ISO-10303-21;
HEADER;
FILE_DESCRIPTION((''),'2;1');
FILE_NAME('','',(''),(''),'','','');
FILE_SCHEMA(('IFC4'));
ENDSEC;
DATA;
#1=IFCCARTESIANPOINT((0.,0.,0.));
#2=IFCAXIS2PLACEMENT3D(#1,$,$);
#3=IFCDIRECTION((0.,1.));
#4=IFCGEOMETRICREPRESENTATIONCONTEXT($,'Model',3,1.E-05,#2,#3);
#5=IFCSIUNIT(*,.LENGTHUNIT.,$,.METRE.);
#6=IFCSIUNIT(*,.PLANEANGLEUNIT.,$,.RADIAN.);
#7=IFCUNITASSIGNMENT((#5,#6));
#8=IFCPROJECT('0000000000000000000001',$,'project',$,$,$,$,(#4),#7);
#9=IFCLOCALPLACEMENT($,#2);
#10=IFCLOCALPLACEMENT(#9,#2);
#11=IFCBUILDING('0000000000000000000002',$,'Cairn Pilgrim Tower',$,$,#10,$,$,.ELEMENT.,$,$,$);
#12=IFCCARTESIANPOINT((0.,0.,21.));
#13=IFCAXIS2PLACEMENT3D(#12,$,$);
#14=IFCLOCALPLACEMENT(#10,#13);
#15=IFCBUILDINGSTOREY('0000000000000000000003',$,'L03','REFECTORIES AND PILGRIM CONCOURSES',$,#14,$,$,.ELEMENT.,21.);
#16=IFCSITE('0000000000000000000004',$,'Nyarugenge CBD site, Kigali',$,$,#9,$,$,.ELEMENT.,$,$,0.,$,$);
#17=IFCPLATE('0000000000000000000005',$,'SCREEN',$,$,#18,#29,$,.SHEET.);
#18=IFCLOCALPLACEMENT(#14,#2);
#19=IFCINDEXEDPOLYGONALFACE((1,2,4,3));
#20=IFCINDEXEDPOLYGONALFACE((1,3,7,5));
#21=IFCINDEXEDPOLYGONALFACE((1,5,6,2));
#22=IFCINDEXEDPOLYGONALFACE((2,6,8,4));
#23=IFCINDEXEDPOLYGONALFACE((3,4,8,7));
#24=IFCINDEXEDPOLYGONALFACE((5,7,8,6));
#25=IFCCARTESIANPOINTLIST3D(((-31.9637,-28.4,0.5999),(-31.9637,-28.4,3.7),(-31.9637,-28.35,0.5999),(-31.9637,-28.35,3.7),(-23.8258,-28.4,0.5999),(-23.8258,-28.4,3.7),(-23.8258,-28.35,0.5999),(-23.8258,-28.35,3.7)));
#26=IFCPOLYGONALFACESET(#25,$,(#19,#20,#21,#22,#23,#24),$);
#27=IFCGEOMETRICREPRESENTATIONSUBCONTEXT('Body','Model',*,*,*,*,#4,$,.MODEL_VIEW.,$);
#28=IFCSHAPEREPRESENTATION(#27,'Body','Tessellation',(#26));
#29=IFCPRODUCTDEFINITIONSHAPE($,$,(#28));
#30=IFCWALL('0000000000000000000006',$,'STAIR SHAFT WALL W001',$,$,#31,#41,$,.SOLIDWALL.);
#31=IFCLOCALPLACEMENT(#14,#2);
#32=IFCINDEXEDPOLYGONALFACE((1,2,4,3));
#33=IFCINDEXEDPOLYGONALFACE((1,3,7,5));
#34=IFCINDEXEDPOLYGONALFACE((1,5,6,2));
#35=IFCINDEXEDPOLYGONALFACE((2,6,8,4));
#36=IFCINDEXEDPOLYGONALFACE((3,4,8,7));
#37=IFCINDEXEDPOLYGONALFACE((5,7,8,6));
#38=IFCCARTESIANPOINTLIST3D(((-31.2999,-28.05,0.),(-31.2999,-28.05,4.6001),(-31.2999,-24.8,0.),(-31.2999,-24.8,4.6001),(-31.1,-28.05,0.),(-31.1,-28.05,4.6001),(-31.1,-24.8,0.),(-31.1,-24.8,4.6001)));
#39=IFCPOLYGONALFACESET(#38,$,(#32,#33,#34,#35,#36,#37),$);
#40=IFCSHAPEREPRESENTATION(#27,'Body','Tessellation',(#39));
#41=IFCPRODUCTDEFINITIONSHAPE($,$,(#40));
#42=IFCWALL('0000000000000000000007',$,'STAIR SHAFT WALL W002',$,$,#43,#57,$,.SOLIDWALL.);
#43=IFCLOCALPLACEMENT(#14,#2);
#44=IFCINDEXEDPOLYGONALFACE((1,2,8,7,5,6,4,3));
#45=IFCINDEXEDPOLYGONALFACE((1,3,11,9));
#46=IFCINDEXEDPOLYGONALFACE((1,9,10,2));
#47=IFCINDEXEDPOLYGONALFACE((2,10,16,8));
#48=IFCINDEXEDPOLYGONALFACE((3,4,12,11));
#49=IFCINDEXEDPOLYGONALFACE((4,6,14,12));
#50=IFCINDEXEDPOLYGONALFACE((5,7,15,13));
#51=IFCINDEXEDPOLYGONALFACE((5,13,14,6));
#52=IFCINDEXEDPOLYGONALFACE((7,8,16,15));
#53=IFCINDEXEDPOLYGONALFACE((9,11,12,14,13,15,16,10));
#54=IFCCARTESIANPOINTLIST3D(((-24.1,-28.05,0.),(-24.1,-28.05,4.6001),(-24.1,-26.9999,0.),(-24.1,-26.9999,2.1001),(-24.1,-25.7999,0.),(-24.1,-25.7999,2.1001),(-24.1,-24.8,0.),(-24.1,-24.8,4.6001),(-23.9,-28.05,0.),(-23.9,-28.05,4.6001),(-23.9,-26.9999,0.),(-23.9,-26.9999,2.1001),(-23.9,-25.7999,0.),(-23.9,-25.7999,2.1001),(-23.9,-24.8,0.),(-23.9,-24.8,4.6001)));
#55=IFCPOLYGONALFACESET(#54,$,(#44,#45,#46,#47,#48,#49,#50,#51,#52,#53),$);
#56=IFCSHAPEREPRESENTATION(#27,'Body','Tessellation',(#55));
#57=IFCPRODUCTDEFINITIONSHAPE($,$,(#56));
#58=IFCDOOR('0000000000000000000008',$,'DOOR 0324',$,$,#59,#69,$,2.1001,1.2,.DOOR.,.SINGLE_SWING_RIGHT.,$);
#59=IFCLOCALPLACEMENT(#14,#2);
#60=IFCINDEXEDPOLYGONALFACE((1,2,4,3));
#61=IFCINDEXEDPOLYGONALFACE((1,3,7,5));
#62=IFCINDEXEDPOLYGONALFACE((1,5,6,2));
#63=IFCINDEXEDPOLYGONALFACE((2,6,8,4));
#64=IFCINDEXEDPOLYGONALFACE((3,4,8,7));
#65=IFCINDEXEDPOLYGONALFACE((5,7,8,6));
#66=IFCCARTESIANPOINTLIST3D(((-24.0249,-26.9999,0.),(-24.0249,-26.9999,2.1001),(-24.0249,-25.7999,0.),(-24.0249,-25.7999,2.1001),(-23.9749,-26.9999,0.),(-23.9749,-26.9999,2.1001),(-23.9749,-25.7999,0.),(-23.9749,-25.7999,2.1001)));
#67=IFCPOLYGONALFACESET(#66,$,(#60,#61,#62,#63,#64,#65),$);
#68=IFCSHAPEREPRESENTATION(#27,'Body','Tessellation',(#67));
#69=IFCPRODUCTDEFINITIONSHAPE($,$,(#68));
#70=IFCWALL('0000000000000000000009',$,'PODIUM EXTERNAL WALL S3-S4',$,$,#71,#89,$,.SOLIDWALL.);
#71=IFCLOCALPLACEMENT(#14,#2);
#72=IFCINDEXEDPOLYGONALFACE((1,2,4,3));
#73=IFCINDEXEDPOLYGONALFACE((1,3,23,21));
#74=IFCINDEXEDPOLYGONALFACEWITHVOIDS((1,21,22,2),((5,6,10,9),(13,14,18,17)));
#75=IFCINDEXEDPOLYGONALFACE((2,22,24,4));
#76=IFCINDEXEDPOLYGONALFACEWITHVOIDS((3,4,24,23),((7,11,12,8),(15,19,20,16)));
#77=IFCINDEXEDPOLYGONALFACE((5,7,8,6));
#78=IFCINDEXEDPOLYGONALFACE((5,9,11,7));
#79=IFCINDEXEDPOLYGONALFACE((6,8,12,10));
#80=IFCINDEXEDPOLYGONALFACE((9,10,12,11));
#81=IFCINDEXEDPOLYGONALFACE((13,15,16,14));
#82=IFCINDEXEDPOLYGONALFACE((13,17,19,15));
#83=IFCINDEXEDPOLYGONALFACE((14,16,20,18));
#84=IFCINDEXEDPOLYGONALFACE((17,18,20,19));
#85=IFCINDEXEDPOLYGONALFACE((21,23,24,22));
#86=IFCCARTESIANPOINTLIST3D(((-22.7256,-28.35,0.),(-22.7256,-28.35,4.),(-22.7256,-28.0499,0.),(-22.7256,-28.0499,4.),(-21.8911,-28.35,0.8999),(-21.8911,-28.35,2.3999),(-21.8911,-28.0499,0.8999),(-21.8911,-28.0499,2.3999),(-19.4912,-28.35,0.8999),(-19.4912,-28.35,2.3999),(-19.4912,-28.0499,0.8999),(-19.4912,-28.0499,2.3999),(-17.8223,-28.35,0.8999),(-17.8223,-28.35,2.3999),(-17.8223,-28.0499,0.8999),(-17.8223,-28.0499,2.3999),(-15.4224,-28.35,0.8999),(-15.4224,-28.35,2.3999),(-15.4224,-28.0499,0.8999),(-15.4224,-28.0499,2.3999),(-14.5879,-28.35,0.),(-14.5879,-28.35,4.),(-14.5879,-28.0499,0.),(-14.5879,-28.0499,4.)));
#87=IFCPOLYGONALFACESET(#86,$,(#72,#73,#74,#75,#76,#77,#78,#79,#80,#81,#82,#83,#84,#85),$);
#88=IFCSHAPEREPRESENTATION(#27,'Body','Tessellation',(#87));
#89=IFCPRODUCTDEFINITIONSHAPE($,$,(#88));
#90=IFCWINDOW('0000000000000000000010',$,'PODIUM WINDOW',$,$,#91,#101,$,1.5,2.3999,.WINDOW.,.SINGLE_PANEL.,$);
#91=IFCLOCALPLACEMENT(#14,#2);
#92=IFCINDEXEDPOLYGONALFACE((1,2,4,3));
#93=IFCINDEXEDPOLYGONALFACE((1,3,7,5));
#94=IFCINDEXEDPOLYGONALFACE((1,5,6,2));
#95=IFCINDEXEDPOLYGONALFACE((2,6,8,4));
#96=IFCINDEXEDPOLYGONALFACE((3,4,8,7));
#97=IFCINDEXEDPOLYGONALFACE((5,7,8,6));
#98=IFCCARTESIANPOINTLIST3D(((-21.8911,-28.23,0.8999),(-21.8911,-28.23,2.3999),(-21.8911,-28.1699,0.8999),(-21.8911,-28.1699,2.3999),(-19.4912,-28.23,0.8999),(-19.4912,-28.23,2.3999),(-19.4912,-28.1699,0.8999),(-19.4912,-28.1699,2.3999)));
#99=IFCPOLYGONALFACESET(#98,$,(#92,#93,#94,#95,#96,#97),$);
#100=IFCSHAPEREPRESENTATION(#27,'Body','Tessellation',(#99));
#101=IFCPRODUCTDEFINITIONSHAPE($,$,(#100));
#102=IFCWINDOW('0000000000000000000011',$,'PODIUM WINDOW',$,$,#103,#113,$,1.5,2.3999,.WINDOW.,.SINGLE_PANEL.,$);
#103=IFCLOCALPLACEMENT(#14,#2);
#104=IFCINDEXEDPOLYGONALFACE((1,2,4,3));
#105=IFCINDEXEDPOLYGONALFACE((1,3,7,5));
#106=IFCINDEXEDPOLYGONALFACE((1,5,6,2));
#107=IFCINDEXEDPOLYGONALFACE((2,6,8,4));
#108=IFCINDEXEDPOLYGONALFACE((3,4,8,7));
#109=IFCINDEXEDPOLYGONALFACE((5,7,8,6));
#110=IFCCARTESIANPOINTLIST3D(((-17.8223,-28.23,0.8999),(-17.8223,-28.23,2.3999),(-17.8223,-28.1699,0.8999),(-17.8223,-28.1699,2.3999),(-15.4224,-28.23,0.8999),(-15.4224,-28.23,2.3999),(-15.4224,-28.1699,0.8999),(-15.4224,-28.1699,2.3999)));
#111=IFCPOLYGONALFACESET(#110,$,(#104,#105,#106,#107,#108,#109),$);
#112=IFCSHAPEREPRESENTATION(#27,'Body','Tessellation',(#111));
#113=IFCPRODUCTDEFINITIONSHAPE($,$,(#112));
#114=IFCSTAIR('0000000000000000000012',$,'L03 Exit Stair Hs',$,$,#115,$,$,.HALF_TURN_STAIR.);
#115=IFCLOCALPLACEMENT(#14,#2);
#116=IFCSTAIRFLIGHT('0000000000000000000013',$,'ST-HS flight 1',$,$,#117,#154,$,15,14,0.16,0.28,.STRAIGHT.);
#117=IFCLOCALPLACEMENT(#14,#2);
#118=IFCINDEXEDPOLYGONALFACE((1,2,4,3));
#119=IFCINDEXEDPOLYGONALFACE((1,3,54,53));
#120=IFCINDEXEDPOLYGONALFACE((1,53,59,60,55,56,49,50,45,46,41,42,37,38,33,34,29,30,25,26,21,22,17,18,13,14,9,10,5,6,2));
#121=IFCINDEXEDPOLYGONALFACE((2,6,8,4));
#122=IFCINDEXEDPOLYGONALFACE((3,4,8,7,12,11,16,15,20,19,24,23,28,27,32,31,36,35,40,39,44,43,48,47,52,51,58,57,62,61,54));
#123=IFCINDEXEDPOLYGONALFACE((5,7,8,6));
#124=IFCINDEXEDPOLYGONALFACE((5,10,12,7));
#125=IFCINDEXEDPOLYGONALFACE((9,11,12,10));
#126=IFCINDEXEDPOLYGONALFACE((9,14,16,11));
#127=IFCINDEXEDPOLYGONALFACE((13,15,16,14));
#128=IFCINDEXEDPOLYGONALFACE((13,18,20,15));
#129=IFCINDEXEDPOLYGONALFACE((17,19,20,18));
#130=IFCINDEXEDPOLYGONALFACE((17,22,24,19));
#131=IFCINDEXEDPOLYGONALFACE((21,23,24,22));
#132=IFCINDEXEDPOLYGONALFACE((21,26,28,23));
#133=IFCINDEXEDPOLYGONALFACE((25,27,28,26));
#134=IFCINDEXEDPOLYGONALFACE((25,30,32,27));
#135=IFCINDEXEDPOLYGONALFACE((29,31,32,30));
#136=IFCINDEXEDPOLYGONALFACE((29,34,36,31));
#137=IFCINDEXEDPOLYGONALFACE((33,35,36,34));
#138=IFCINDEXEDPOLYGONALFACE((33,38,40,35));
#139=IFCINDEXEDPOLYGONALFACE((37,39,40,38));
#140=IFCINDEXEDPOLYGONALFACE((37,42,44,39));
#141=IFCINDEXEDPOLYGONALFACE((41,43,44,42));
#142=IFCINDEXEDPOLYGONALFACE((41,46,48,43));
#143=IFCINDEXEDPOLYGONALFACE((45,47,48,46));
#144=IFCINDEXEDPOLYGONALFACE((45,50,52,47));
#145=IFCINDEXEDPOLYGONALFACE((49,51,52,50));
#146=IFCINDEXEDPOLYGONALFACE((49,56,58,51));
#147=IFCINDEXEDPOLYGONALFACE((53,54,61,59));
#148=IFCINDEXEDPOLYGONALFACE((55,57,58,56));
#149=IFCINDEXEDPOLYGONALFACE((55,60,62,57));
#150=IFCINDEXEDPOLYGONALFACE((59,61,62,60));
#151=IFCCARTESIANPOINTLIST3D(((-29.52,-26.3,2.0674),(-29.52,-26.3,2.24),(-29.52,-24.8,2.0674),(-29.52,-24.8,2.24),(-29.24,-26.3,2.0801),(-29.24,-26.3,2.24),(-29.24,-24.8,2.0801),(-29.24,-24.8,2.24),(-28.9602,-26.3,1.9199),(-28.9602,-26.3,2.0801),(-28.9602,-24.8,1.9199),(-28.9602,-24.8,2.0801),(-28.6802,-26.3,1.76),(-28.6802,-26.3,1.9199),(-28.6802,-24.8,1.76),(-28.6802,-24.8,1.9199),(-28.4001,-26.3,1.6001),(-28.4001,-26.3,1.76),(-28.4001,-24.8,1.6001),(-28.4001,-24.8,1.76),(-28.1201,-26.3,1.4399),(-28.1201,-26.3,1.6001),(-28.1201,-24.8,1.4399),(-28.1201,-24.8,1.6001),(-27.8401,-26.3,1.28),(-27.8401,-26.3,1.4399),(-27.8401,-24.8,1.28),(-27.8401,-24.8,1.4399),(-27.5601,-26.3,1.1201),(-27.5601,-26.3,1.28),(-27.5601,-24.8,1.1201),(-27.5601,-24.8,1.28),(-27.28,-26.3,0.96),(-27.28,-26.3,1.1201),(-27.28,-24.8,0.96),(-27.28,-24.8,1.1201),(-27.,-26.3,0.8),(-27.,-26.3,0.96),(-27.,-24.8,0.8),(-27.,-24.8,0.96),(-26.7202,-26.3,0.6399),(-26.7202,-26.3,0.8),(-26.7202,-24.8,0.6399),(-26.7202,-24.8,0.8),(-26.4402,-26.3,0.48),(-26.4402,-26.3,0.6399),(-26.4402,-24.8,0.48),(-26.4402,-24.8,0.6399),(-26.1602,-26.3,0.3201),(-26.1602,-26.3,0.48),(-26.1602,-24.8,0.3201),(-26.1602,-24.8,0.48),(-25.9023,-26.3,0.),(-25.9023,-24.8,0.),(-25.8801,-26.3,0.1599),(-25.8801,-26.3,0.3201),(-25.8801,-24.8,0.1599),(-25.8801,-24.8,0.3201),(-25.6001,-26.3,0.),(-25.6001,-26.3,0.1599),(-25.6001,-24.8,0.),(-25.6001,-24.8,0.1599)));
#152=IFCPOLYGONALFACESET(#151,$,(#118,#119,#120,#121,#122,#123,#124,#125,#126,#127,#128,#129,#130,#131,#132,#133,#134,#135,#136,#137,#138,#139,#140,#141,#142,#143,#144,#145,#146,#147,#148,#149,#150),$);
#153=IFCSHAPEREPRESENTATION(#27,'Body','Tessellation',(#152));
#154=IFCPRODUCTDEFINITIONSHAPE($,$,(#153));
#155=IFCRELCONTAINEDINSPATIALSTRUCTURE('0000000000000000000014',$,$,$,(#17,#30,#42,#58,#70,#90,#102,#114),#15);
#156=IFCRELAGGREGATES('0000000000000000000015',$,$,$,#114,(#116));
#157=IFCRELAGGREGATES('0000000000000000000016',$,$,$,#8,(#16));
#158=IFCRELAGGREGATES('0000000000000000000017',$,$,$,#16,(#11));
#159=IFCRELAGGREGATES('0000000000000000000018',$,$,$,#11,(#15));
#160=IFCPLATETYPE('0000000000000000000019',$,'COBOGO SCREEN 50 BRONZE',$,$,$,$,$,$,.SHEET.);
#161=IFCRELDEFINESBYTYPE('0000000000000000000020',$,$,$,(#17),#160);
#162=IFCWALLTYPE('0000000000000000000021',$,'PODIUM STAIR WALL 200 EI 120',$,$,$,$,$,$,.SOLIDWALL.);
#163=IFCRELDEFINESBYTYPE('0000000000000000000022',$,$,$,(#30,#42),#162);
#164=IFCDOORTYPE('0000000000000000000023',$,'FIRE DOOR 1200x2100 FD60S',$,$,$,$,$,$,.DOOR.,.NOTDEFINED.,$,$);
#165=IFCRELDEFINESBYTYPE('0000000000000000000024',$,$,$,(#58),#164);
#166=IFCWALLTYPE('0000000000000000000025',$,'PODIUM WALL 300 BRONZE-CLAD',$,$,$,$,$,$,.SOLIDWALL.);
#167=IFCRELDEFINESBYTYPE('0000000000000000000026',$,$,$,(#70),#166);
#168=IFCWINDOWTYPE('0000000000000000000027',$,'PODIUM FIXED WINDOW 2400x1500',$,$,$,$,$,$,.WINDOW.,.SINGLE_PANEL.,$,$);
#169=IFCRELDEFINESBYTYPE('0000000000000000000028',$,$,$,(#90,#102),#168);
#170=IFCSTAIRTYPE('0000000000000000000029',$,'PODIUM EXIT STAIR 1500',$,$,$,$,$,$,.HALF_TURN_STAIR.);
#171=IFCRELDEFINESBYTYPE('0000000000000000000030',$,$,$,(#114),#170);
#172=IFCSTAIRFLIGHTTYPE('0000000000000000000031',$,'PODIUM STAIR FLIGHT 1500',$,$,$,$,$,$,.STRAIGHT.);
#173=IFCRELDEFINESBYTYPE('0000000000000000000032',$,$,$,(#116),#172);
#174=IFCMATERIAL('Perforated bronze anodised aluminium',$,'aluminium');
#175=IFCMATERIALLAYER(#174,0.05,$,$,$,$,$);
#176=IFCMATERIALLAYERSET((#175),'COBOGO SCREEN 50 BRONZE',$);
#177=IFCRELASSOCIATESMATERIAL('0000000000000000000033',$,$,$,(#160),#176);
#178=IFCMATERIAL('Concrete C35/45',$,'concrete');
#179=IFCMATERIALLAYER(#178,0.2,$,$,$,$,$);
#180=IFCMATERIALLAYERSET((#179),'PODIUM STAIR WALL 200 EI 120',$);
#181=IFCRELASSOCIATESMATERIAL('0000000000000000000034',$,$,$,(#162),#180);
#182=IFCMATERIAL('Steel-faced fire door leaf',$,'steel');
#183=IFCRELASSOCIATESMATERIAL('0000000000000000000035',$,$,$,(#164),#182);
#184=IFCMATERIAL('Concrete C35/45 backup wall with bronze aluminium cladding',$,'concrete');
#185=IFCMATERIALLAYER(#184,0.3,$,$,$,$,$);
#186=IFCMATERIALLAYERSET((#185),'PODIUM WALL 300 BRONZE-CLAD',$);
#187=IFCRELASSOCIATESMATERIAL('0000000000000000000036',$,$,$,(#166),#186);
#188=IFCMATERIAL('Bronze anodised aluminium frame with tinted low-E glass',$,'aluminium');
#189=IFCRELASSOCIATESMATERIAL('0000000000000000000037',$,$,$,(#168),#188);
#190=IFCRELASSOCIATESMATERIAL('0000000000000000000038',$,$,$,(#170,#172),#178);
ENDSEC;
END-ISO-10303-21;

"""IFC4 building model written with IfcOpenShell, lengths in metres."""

from ifc_helpers import new_model, si_unit, direction, frame, frame_2d, origin, origin_2d, place, context, subcontext, project, spatial, polyline, rectangle, outline, extrude, material, layer, layer_set, type_object, element, fill, aggregate, save


model = new_model("IFC4")

# Units and contexts
model_context = context("Model", 3, precision=1e-05, world=origin(), true_north=direction((0.0, 1.0)))
body_context = subcontext(model_context, "Body", "Model", "MODEL_VIEW")
ifc_project = project(units=[si_unit("LENGTHUNIT", "METRE"), si_unit("PLANEANGLEUNIT", "RADIAN")], contexts=[model_context])

# Site, building, storey
site_placement = place(None, origin())
site = spatial("IfcSite", under=ifc_project, at=site_placement, Name="Nyarugenge CBD site, Kigali", CompositionType="ELEMENT", RefElevation=0.0)
building_placement = place(site_placement, origin())
building = spatial("IfcBuilding", under=site, at=building_placement, Name="Cairn Pilgrim Tower", CompositionType="ELEMENT")
storey_placement = place(building_placement, frame((0.0, 0.0, 21.0)))
storey = spatial("IfcBuildingStorey", under=building, at=storey_placement, Name="L03", Description="REFECTORIES AND PILGRIM CONCOURSES", CompositionType="ELEMENT", Elevation=21.0)

# Plate
ifc_material_1 = material(Name="Perforated bronze anodised aluminium", Category="aluminium")
ifc_layer_1 = layer(ifc_material_1, 0.05)
ifc_layer_set_1 = layer_set([ifc_layer_1], Name="COBOGO SCREEN 50 BRONZE")
plate_type_1 = type_object("IfcPlateType", Name="COBOGO SCREEN 50 BRONZE", PredefinedType="SHEET", material=ifc_layer_set_1)
plate_1_placement = place(storey_placement, frame((-27.8948, -28.375, 0.5999), z_axis=(0.0, 0.0, 1.0), x_axis=(1.0, 0.0, 0.0)))
element("IfcPlate", 1, at=plate_1_placement, inside=storey, type_object=plate_type_1, Name="SCREEN", PredefinedType="SHEET", context=body_context, shape_type="SweptSolid", body=[
    extrude(rectangle(XDim=8.1379, YDim=0.05, at=origin_2d()), origin(), (0.0, 0.0, 1.0), 3.1001),
])

# Wall
ifc_material_2 = material(Name="Concrete C35/45", Category="concrete")
ifc_layer_2 = layer(ifc_material_2, 0.2)
ifc_layer_set_2 = layer_set([ifc_layer_2], Name="PODIUM STAIR WALL 200 EI 120")
wall_type_1 = type_object("IfcWallType", Name="PODIUM STAIR WALL 200 EI 120", PredefinedType="SOLIDWALL", material=ifc_layer_set_2)
wall_1_placement = place(storey_placement, frame((-31.2, -28.05, 0.0), z_axis=(0.0, 0.0, 1.0), x_axis=(0.0, 1.0, 0.0)))
element("IfcWall", 2, at=wall_1_placement, inside=storey, type_object=wall_type_1, Name="STAIR SHAFT WALL W001", PredefinedType="SOLIDWALL", context=body_context, shape_type="SweptSolid", body=[
    extrude(rectangle(XDim=3.25, YDim=0.2, at=frame_2d((1.625, 0.0))), origin(), (0.0, 0.0, 1.0), 4.6001),
])

# Wall, opening, door
wall_2_placement = place(storey_placement, frame((-24.0, -28.05, 0.0), z_axis=(0.0, 0.0, 1.0), x_axis=(0.0, 1.0, 0.0)))
wall_2 = element("IfcWall", 3, at=wall_2_placement, inside=storey, type_object=wall_type_1, Name="STAIR SHAFT WALL W002", PredefinedType="SOLIDWALL", context=body_context, shape_type="SweptSolid", body=[
    extrude(rectangle(XDim=3.25, YDim=0.2, at=frame_2d((1.625, 0.0))), origin(), (0.0, 0.0, 1.0), 4.6001),
])
opening_1_placement = place(wall_2_placement, frame((1.05, 0.0, 0.0)))
opening_1 = element("IfcOpeningElement", 4, at=opening_1_placement, cuts=wall_2, PredefinedType="OPENING", context=body_context, shape_type="SweptSolid", body=[
    extrude(rectangle(XDim=1.2, YDim=2.1001, at=frame_2d((0.6001, 1.05))), frame((0.0, 0.1099, 0.0), z_axis=(0.0, -1.0, 0.0), x_axis=(1.0, 0.0, 0.0)), (0.0, 0.0, 1.0), 0.22),
])
ifc_material_3 = material(Name="Steel-faced fire door leaf", Category="steel")
door_type = type_object("IfcDoorType", Name="FIRE DOOR 1200x2100 FD60S", OperationType="NOTDEFINED", PredefinedType="DOOR", material=ifc_material_3)
door_placement = place(opening_1_placement, origin())
door = element("IfcDoor", 5, at=door_placement, inside=storey, type_object=door_type, Name="DOOR 0324", OperationType="SINGLE_SWING_RIGHT", OverallHeight=2.1001, OverallWidth=1.2, PredefinedType="DOOR", context=body_context, shape_type="SweptSolid", body=[
    extrude(rectangle(XDim=1.2, YDim=2.1001, at=frame_2d((0.6001, 1.05))), frame((0.0, 0.0249, 0.0), z_axis=(0.0, -1.0, 0.0), x_axis=(1.0, 0.0, 0.0)), (0.0, 0.0, 1.0), 0.05),
])
fill(opening_1, door)

# Wall, openings, windows
ifc_material_4 = material(Name="Concrete C35/45 backup wall with bronze aluminium cladding", Category="concrete")
ifc_layer_3 = layer(ifc_material_4, 0.3)
ifc_layer_set_3 = layer_set([ifc_layer_3], Name="PODIUM WALL 300 BRONZE-CLAD")
wall_type_2 = type_object("IfcWallType", Name="PODIUM WALL 300 BRONZE-CLAD", PredefinedType="SOLIDWALL", material=ifc_layer_set_3)
wall_3_placement = place(storey_placement, frame((-22.7256, -28.2, 0.0), z_axis=(0.0, 0.0, 1.0), x_axis=(1.0, 0.0, 0.0)))
wall_3 = element("IfcWall", 6, at=wall_3_placement, inside=storey, type_object=wall_type_2, Name="PODIUM EXTERNAL WALL S3-S4", PredefinedType="SOLIDWALL", context=body_context, shape_type="SweptSolid", body=[
    extrude(rectangle(XDim=8.1377, YDim=0.3, at=frame_2d((4.0688, 0.0))), origin(), (0.0, 0.0, 1.0), 4.0),
])
opening_2_placement = place(wall_3_placement, frame((0.8345, 0.0, 0.8999)))
opening_2 = element("IfcOpeningElement", 7, at=opening_2_placement, cuts=wall_3, PredefinedType="OPENING", context=body_context, shape_type="SweptSolid", body=[
    extrude(rectangle(XDim=2.3999, YDim=1.5, at=frame_2d((1.2, 0.75))), frame((0.0, 0.1602, 0.0), z_axis=(0.0, -1.0, 0.0), x_axis=(1.0, 0.0, 0.0)), (0.0, 0.0, 1.0), 0.3201),
])
opening_3_placement = place(wall_3_placement, frame((4.9033, 0.0, 0.8999)))
opening_3 = element("IfcOpeningElement", 8, at=opening_3_placement, cuts=wall_3, PredefinedType="OPENING", context=body_context, shape_type="SweptSolid", body=[
    extrude(rectangle(XDim=2.3999, YDim=1.5, at=frame_2d((1.2, 0.75))), frame((0.0, 0.1602, 0.0), z_axis=(0.0, -1.0, 0.0), x_axis=(1.0, 0.0, 0.0)), (0.0, 0.0, 1.0), 0.3201),
])
ifc_material_5 = material(Name="Bronze anodised aluminium frame with tinted low-E glass", Category="aluminium")
window_type = type_object("IfcWindowType", Name="PODIUM FIXED WINDOW 2400x1500", PartitioningType="SINGLE_PANEL", PredefinedType="WINDOW", material=ifc_material_5)
window_1_placement = place(opening_2_placement, origin())
window_1 = element("IfcWindow", 9, at=window_1_placement, inside=storey, type_object=window_type, Name="PODIUM WINDOW", OverallHeight=1.5, OverallWidth=2.3999, PartitioningType="SINGLE_PANEL", PredefinedType="WINDOW", context=body_context, shape_type="SweptSolid", body=[
    extrude(rectangle(XDim=2.3999, YDim=1.5, at=frame_2d((1.2, 0.75))), frame((0.0, 0.03, 0.0), z_axis=(0.0, -1.0, 0.0), x_axis=(1.0, 0.0, 0.0)), (0.0, 0.0, 1.0), 0.0601),
])
fill(opening_2, window_1)
window_2_placement = place(opening_3_placement, origin())
window_2 = element("IfcWindow", 10, at=window_2_placement, inside=storey, type_object=window_type, Name="PODIUM WINDOW", OverallHeight=1.5, OverallWidth=2.3999, PartitioningType="SINGLE_PANEL", PredefinedType="WINDOW", context=body_context, shape_type="SweptSolid", body=[
    extrude(rectangle(XDim=2.3999, YDim=1.5, at=frame_2d((1.2, 0.75))), frame((0.0, 0.03, 0.0), z_axis=(0.0, -1.0, 0.0), x_axis=(1.0, 0.0, 0.0)), (0.0, 0.0, 1.0), 0.0601),
])
fill(opening_3, window_2)

# Stair, stair flight
stair_type = type_object("IfcStairType", Name="PODIUM EXIT STAIR 1500", PredefinedType="HALF_TURN_STAIR", material=ifc_material_2)
stair_placement = place(storey_placement, origin())
stair = element("IfcStair", 11, at=stair_placement, inside=storey, type_object=stair_type, Name="L03 Exit Stair Hs", PredefinedType="HALF_TURN_STAIR")
stair_flight_type = type_object("IfcStairFlightType", Name="PODIUM STAIR FLIGHT 1500", PredefinedType="STRAIGHT", material=ifc_material_2)
stair_flight_1_placement = place(storey_placement, frame((-25.6001, -25.55, 0.0), z_axis=(0.0, 0.0, 1.0), x_axis=(-1.0, 0.0, 0.0)))
stair_flight_1 = element("IfcStairFlight", 12, at=stair_flight_1_placement, type_object=stair_flight_type, Name="ST-HS flight 1", NumberOfRisers=15, NumberOfTreads=14, PredefinedType="STRAIGHT", RiserHeight=0.16, TreadLength=0.28, context=body_context, shape_type="SweptSolid", body=[
    extrude(outline(polyline([(0.0, 0.0), (0.0, 0.1599), (0.28, 0.1599), (0.28, 0.3201), (0.5601, 0.3201), (0.5601, 0.48), (0.8401, 0.48), (0.8401, 0.6399), (1.1201, 0.6399), (1.1201, 0.8), (1.3999, 0.8), (1.3999, 0.96), (1.6799, 0.96), (1.6799, 1.1201), (1.96, 1.1201), (1.96, 1.28), (2.24, 1.28), (2.24, 1.4399), (2.52, 1.4399), (2.52, 1.6001), (2.8, 1.6001), (2.8, 1.76), (3.0801, 1.76), (3.0801, 1.9199), (3.3601, 1.9199), (3.3601, 2.0801), (3.6399, 2.0801), (3.6399, 2.24), (3.9199, 2.24), (3.9199, 2.3999), (3.9199, 2.0674), (0.3022, 0.0), (0.0, 0.0)])), frame((0.0, 0.75, 0.0), z_axis=(0.0, -1.0, 0.0), x_axis=(1.0, 0.0, 0.0)), (0.0, 0.0, 1.0), 1.5),
])
aggregate(stair, [stair_flight_1])

save(model, "model.ifc")
